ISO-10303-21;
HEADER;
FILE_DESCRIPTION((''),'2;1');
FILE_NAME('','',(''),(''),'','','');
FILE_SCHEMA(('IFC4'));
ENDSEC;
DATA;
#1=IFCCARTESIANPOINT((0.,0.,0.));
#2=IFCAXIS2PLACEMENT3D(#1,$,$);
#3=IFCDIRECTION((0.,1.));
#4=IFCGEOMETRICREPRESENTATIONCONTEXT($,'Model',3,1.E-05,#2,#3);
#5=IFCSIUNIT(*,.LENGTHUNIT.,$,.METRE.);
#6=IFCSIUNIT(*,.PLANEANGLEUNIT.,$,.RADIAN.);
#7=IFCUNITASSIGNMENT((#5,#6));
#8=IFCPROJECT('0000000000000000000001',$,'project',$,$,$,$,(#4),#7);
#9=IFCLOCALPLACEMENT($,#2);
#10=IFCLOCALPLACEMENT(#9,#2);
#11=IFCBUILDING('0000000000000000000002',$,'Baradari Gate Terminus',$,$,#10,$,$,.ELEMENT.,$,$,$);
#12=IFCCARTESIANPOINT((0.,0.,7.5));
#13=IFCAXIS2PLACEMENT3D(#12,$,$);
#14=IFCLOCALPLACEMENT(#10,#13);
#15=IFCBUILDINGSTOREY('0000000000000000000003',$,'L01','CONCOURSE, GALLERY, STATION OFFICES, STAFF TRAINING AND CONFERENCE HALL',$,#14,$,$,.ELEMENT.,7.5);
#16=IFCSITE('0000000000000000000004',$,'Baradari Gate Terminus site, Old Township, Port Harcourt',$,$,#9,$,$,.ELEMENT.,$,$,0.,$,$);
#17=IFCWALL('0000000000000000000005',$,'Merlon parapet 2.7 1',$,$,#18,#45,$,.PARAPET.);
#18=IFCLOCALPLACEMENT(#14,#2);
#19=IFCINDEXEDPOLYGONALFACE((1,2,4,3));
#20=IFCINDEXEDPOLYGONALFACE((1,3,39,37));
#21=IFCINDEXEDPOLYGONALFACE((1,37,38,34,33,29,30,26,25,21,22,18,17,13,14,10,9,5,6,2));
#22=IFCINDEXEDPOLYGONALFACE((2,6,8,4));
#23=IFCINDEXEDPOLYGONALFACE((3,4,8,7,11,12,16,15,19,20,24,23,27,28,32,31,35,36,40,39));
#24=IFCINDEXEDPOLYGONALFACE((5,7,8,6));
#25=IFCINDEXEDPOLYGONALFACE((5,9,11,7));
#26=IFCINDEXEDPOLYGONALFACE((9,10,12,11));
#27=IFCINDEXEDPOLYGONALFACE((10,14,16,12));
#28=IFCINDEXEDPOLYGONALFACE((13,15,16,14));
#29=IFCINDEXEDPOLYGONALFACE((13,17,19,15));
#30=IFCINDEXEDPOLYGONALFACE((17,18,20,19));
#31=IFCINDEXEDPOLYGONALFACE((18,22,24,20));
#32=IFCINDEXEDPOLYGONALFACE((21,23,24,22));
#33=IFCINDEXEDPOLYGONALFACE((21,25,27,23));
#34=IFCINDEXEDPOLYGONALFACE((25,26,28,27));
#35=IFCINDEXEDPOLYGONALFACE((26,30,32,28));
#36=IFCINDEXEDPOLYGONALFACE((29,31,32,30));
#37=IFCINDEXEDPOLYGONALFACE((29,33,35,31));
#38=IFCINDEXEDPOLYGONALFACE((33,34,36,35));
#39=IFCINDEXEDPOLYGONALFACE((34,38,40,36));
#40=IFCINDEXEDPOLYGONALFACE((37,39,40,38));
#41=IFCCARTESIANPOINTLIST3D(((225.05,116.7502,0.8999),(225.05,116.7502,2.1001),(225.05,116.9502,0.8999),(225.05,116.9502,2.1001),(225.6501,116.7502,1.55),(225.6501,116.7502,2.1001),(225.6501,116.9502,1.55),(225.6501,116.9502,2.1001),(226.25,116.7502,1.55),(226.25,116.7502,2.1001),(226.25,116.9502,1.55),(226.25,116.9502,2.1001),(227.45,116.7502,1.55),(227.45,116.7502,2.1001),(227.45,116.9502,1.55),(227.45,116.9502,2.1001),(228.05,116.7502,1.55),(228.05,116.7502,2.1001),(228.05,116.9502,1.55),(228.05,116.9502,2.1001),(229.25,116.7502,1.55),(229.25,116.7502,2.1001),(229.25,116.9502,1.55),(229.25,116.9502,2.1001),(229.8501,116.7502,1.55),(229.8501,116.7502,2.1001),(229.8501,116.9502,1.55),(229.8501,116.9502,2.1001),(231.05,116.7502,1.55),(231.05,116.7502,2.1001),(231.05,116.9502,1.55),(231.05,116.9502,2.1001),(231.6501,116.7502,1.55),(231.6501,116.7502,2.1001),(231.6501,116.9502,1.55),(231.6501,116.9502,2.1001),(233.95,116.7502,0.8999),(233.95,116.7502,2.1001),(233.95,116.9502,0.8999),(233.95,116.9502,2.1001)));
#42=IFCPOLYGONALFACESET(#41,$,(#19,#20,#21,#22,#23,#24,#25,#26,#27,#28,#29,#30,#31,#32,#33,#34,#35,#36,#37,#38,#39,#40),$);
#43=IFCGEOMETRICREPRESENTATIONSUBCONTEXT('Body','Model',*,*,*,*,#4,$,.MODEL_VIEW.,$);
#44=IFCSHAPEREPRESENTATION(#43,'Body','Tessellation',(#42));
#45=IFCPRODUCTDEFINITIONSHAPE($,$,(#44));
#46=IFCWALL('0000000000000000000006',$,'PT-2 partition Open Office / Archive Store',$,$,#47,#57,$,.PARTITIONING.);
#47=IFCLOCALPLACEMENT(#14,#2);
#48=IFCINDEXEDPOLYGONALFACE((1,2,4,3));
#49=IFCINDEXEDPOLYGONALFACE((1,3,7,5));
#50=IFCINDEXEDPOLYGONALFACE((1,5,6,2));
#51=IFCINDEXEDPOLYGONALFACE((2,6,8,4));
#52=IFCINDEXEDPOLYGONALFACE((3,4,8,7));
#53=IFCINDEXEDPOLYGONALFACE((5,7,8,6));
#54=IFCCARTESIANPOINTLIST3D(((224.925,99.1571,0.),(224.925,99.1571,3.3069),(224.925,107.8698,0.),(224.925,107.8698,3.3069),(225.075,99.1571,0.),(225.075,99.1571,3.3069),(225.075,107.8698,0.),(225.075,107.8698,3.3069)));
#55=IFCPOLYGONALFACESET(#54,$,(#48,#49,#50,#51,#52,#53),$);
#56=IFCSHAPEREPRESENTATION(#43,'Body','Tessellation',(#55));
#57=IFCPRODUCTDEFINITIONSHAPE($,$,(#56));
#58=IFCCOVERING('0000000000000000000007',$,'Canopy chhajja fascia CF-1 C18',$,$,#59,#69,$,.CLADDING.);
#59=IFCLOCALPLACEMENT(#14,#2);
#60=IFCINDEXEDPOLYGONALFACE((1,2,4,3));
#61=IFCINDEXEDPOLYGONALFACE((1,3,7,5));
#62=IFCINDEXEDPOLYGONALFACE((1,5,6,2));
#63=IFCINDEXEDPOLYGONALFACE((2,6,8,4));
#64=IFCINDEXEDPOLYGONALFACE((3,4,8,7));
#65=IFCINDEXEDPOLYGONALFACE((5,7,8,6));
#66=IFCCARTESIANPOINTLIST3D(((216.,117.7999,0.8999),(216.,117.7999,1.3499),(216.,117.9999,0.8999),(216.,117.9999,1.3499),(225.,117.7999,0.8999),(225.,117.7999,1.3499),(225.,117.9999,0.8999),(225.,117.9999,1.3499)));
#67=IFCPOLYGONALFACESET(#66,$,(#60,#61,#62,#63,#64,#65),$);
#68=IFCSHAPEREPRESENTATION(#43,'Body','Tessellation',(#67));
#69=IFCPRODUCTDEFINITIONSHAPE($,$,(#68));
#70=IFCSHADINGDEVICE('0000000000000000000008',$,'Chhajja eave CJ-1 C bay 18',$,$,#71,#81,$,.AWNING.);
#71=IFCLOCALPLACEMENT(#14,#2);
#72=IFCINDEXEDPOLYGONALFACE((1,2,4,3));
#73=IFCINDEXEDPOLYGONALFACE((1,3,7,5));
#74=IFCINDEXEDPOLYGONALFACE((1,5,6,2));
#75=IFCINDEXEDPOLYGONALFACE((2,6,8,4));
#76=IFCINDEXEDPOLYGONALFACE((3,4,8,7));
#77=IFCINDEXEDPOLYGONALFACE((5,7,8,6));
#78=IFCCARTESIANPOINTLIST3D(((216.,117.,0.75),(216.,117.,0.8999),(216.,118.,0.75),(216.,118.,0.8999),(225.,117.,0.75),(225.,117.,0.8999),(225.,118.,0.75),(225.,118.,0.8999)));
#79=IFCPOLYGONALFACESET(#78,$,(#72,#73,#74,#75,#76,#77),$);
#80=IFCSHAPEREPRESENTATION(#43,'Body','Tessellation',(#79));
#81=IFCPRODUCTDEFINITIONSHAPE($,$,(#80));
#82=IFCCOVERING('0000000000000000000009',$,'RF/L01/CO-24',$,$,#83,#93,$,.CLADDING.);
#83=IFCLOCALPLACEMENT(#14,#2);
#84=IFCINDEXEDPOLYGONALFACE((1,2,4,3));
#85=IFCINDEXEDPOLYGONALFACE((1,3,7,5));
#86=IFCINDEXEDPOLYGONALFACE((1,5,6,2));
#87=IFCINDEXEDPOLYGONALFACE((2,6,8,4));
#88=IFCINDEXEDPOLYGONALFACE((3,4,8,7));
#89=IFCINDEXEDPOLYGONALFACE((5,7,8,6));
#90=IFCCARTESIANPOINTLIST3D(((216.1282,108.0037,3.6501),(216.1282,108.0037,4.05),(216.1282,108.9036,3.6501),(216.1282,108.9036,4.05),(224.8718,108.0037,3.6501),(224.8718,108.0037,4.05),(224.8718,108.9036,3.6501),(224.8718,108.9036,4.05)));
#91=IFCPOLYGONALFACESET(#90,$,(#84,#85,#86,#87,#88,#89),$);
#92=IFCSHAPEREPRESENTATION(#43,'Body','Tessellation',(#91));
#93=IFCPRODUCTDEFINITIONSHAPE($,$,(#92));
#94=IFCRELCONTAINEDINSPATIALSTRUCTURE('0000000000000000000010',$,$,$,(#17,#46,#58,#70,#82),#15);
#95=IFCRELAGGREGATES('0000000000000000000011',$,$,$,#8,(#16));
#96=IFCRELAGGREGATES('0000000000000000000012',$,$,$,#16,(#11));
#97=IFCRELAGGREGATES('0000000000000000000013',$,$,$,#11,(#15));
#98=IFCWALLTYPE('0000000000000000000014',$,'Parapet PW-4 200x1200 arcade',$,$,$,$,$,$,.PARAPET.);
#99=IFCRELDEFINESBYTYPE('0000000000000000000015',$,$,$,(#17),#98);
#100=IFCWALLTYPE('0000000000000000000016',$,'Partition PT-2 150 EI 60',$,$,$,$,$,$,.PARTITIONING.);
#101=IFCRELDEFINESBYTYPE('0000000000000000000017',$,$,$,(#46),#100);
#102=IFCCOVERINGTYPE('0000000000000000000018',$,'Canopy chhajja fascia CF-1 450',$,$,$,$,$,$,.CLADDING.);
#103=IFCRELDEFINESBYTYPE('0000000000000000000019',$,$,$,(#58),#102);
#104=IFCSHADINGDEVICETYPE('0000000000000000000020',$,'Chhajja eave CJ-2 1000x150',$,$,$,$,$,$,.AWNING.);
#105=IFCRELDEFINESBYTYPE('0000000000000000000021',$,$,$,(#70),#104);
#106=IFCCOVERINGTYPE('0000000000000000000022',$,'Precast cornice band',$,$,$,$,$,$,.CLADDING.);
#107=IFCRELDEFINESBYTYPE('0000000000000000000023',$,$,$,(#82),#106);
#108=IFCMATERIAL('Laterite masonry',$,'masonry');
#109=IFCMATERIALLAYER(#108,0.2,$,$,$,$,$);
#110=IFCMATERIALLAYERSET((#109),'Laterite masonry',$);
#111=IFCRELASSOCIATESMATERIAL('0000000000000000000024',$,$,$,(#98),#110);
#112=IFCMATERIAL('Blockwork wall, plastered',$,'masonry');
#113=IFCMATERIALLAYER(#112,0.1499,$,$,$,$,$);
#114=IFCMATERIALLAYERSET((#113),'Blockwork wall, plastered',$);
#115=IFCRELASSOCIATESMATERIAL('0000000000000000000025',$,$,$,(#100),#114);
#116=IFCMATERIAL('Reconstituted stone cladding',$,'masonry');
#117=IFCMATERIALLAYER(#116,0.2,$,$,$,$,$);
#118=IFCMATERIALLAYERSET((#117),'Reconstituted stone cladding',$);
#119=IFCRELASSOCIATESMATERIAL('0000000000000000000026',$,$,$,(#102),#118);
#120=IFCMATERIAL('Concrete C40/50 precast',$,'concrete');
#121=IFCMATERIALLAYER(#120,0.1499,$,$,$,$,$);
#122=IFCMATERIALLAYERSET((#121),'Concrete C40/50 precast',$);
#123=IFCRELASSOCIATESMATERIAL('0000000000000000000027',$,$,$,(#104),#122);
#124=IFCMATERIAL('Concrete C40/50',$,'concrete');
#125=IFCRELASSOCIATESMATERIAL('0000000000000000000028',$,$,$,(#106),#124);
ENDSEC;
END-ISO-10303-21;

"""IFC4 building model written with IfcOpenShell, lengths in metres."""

from ifc_helpers import new_model, si_unit, direction, frame, frame_2d, origin, origin_2d, place, context, subcontext, project, spatial, polyline, rectangle, outline, extrude, material, layer, layer_set, type_object, element, save


model = new_model("IFC4")

# Units and contexts
model_context = context("Model", 3, precision=1e-05, world=origin(), true_north=direction((0.0, 1.0)))
body_context = subcontext(model_context, "Body", "Model", "MODEL_VIEW")
ifc_project = project(units=[si_unit("LENGTHUNIT", "METRE"), si_unit("PLANEANGLEUNIT", "RADIAN")], contexts=[model_context])

# Site, building, storey
site_placement = place(None, origin())
site = spatial("IfcSite", under=ifc_project, at=site_placement, Name="Baradari Gate Terminus site, Old Township, Port Harcourt", CompositionType="ELEMENT", RefElevation=0.0)
building_placement = place(site_placement, origin())
building = spatial("IfcBuilding", under=site, at=building_placement, Name="Baradari Gate Terminus", CompositionType="ELEMENT")
storey_placement = place(building_placement, frame((0.0, 0.0, 7.5)))
storey = spatial("IfcBuildingStorey", under=building, at=storey_placement, Name="L01", Description="CONCOURSE, GALLERY, STATION OFFICES, STAFF TRAINING AND CONFERENCE HALL", CompositionType="ELEMENT", Elevation=7.5)

# Walls
ifc_material_1 = material(Name="Laterite masonry", Category="masonry")
ifc_layer_1 = layer(ifc_material_1, 0.2)
ifc_layer_set_1 = layer_set([ifc_layer_1], Name="Laterite masonry")
wall_type_1 = type_object("IfcWallType", Name="Parapet PW-4 200x1200 arcade", PredefinedType="PARAPET", material=ifc_layer_set_1)
for number, where, z_axis, x_axis, name in (
    (1, (225.05, 116.8501, 0.8999), (0.0, 0.0, 1.0), (1.0, 0.0, 0.0), "Merlon parapet 2.7 1"),
):
    element("IfcWall", number, at=place(storey_placement, frame(where, z_axis=z_axis, x_axis=x_axis)), inside=storey, type_object=wall_type_1, Name=name, PredefinedType="PARAPET", context=body_context, shape_type="SweptSolid", body=[
        extrude(outline(polyline([(6.6001, 1.2002), (6.6001, 0.6501), (6.0, 0.6501), (6.0, 1.2002), (4.8, 1.2002), (4.8, 0.6501), (4.2, 0.6501), (4.2, 1.2002), (3.0, 1.2002), (3.0, 0.6501), (2.3999, 0.6501), (2.3999, 1.2002), (1.2, 1.2002), (1.2, 0.6501), (0.6001, 0.6501), (0.6001, 1.2002), (0.0, 1.2002), (0.0, 0.0), (8.8999, 0.0), (8.8999, 1.2002), (6.6001, 1.2002)])), frame((0.0, 0.1001, 0.0), z_axis=(0.0, -1.0, 0.0), x_axis=(1.0, 0.0, 0.0)), (0.0, 0.0, 1.0), 0.2),
    ])
ifc_material_2 = material(Name="Blockwork wall, plastered", Category="masonry")
ifc_layer_2 = layer(ifc_material_2, 0.1499)
ifc_layer_set_2 = layer_set([ifc_layer_2], Name="Blockwork wall, plastered")
wall_type_2 = type_object("IfcWallType", Name="Partition PT-2 150 EI 60", PredefinedType="PARTITIONING", material=ifc_layer_set_2)
wall_1_placement = place(storey_placement, frame((225.0, 107.8699, 0.0), z_axis=(0.0, 0.0, 1.0), x_axis=(0.0, -1.0, 0.0)))
element("IfcWall", 2, at=wall_1_placement, inside=storey, type_object=wall_type_2, Name="PT-2 partition Open Office / Archive Store", PredefinedType="PARTITIONING", context=body_context, shape_type="SweptSolid", body=[
    extrude(rectangle(XDim=8.7126, YDim=0.1499, at=frame_2d((4.3564, 0.0))), origin(), (0.0, 0.0, 1.0), 3.3069),
])

# Covering
ifc_material_3 = material(Name="Reconstituted stone cladding", Category="masonry")
ifc_layer_3 = layer(ifc_material_3, 0.2)
ifc_layer_set_3 = layer_set([ifc_layer_3], Name="Reconstituted stone cladding")
covering_type_1 = type_object("IfcCoveringType", Name="Canopy chhajja fascia CF-1 450", PredefinedType="CLADDING", material=ifc_layer_set_3)
covering_1_placement = place(storey_placement, frame((220.5, 117.8999, 0.8999), z_axis=(0.0, 0.0, 1.0), x_axis=(1.0, 0.0, 0.0)))
element("IfcCovering", 3, at=covering_1_placement, inside=storey, type_object=covering_type_1, Name="Canopy chhajja fascia CF-1 C18", PredefinedType="CLADDING", context=body_context, shape_type="SweptSolid", body=[
    extrude(rectangle(XDim=9.0, YDim=0.2, at=origin_2d()), origin(), (0.0, 0.0, 1.0), 0.45),
])

# Shading device
ifc_material_4 = material(Name="Concrete C40/50 precast", Category="concrete")
ifc_layer_4 = layer(ifc_material_4, 0.1499)
ifc_layer_set_4 = layer_set([ifc_layer_4], Name="Concrete C40/50 precast")
shading_device_type = type_object("IfcShadingDeviceType", Name="Chhajja eave CJ-2 1000x150", PredefinedType="AWNING", material=ifc_layer_set_4)
shading_device_placement = place(storey_placement, frame((220.5, 117.5, 0.75), z_axis=(0.0, 0.0, 1.0), x_axis=(1.0, 0.0, 0.0)))
element("IfcShadingDevice", 4, at=shading_device_placement, inside=storey, type_object=shading_device_type, Name="Chhajja eave CJ-1 C bay 18", PredefinedType="AWNING", context=body_context, shape_type="SweptSolid", body=[
    extrude(rectangle(XDim=9.0, YDim=1.0, at=origin_2d()), origin(), (0.0, 0.0, 1.0), 0.1499),
])

# Covering
ifc_material_5 = material(Name="Concrete C40/50", Category="concrete")
covering_type_2 = type_object("IfcCoveringType", Name="Precast cornice band", PredefinedType="CLADDING", material=ifc_material_5)
covering_2_placement = place(storey_placement, frame((220.5, 108.4536, 3.6501), z_axis=(0.0, 0.0, 1.0), x_axis=(1.0, 0.0, 0.0)))
element("IfcCovering", 5, at=covering_2_placement, inside=storey, type_object=covering_type_2, Name="RF/L01/CO-24", PredefinedType="CLADDING", context=body_context, shape_type="SweptSolid", body=[
    extrude(rectangle(XDim=8.7437, YDim=0.8999, at=origin_2d()), origin(), (0.0, 0.0, 1.0), 0.3999),
])

save(model, "model.ifc")
